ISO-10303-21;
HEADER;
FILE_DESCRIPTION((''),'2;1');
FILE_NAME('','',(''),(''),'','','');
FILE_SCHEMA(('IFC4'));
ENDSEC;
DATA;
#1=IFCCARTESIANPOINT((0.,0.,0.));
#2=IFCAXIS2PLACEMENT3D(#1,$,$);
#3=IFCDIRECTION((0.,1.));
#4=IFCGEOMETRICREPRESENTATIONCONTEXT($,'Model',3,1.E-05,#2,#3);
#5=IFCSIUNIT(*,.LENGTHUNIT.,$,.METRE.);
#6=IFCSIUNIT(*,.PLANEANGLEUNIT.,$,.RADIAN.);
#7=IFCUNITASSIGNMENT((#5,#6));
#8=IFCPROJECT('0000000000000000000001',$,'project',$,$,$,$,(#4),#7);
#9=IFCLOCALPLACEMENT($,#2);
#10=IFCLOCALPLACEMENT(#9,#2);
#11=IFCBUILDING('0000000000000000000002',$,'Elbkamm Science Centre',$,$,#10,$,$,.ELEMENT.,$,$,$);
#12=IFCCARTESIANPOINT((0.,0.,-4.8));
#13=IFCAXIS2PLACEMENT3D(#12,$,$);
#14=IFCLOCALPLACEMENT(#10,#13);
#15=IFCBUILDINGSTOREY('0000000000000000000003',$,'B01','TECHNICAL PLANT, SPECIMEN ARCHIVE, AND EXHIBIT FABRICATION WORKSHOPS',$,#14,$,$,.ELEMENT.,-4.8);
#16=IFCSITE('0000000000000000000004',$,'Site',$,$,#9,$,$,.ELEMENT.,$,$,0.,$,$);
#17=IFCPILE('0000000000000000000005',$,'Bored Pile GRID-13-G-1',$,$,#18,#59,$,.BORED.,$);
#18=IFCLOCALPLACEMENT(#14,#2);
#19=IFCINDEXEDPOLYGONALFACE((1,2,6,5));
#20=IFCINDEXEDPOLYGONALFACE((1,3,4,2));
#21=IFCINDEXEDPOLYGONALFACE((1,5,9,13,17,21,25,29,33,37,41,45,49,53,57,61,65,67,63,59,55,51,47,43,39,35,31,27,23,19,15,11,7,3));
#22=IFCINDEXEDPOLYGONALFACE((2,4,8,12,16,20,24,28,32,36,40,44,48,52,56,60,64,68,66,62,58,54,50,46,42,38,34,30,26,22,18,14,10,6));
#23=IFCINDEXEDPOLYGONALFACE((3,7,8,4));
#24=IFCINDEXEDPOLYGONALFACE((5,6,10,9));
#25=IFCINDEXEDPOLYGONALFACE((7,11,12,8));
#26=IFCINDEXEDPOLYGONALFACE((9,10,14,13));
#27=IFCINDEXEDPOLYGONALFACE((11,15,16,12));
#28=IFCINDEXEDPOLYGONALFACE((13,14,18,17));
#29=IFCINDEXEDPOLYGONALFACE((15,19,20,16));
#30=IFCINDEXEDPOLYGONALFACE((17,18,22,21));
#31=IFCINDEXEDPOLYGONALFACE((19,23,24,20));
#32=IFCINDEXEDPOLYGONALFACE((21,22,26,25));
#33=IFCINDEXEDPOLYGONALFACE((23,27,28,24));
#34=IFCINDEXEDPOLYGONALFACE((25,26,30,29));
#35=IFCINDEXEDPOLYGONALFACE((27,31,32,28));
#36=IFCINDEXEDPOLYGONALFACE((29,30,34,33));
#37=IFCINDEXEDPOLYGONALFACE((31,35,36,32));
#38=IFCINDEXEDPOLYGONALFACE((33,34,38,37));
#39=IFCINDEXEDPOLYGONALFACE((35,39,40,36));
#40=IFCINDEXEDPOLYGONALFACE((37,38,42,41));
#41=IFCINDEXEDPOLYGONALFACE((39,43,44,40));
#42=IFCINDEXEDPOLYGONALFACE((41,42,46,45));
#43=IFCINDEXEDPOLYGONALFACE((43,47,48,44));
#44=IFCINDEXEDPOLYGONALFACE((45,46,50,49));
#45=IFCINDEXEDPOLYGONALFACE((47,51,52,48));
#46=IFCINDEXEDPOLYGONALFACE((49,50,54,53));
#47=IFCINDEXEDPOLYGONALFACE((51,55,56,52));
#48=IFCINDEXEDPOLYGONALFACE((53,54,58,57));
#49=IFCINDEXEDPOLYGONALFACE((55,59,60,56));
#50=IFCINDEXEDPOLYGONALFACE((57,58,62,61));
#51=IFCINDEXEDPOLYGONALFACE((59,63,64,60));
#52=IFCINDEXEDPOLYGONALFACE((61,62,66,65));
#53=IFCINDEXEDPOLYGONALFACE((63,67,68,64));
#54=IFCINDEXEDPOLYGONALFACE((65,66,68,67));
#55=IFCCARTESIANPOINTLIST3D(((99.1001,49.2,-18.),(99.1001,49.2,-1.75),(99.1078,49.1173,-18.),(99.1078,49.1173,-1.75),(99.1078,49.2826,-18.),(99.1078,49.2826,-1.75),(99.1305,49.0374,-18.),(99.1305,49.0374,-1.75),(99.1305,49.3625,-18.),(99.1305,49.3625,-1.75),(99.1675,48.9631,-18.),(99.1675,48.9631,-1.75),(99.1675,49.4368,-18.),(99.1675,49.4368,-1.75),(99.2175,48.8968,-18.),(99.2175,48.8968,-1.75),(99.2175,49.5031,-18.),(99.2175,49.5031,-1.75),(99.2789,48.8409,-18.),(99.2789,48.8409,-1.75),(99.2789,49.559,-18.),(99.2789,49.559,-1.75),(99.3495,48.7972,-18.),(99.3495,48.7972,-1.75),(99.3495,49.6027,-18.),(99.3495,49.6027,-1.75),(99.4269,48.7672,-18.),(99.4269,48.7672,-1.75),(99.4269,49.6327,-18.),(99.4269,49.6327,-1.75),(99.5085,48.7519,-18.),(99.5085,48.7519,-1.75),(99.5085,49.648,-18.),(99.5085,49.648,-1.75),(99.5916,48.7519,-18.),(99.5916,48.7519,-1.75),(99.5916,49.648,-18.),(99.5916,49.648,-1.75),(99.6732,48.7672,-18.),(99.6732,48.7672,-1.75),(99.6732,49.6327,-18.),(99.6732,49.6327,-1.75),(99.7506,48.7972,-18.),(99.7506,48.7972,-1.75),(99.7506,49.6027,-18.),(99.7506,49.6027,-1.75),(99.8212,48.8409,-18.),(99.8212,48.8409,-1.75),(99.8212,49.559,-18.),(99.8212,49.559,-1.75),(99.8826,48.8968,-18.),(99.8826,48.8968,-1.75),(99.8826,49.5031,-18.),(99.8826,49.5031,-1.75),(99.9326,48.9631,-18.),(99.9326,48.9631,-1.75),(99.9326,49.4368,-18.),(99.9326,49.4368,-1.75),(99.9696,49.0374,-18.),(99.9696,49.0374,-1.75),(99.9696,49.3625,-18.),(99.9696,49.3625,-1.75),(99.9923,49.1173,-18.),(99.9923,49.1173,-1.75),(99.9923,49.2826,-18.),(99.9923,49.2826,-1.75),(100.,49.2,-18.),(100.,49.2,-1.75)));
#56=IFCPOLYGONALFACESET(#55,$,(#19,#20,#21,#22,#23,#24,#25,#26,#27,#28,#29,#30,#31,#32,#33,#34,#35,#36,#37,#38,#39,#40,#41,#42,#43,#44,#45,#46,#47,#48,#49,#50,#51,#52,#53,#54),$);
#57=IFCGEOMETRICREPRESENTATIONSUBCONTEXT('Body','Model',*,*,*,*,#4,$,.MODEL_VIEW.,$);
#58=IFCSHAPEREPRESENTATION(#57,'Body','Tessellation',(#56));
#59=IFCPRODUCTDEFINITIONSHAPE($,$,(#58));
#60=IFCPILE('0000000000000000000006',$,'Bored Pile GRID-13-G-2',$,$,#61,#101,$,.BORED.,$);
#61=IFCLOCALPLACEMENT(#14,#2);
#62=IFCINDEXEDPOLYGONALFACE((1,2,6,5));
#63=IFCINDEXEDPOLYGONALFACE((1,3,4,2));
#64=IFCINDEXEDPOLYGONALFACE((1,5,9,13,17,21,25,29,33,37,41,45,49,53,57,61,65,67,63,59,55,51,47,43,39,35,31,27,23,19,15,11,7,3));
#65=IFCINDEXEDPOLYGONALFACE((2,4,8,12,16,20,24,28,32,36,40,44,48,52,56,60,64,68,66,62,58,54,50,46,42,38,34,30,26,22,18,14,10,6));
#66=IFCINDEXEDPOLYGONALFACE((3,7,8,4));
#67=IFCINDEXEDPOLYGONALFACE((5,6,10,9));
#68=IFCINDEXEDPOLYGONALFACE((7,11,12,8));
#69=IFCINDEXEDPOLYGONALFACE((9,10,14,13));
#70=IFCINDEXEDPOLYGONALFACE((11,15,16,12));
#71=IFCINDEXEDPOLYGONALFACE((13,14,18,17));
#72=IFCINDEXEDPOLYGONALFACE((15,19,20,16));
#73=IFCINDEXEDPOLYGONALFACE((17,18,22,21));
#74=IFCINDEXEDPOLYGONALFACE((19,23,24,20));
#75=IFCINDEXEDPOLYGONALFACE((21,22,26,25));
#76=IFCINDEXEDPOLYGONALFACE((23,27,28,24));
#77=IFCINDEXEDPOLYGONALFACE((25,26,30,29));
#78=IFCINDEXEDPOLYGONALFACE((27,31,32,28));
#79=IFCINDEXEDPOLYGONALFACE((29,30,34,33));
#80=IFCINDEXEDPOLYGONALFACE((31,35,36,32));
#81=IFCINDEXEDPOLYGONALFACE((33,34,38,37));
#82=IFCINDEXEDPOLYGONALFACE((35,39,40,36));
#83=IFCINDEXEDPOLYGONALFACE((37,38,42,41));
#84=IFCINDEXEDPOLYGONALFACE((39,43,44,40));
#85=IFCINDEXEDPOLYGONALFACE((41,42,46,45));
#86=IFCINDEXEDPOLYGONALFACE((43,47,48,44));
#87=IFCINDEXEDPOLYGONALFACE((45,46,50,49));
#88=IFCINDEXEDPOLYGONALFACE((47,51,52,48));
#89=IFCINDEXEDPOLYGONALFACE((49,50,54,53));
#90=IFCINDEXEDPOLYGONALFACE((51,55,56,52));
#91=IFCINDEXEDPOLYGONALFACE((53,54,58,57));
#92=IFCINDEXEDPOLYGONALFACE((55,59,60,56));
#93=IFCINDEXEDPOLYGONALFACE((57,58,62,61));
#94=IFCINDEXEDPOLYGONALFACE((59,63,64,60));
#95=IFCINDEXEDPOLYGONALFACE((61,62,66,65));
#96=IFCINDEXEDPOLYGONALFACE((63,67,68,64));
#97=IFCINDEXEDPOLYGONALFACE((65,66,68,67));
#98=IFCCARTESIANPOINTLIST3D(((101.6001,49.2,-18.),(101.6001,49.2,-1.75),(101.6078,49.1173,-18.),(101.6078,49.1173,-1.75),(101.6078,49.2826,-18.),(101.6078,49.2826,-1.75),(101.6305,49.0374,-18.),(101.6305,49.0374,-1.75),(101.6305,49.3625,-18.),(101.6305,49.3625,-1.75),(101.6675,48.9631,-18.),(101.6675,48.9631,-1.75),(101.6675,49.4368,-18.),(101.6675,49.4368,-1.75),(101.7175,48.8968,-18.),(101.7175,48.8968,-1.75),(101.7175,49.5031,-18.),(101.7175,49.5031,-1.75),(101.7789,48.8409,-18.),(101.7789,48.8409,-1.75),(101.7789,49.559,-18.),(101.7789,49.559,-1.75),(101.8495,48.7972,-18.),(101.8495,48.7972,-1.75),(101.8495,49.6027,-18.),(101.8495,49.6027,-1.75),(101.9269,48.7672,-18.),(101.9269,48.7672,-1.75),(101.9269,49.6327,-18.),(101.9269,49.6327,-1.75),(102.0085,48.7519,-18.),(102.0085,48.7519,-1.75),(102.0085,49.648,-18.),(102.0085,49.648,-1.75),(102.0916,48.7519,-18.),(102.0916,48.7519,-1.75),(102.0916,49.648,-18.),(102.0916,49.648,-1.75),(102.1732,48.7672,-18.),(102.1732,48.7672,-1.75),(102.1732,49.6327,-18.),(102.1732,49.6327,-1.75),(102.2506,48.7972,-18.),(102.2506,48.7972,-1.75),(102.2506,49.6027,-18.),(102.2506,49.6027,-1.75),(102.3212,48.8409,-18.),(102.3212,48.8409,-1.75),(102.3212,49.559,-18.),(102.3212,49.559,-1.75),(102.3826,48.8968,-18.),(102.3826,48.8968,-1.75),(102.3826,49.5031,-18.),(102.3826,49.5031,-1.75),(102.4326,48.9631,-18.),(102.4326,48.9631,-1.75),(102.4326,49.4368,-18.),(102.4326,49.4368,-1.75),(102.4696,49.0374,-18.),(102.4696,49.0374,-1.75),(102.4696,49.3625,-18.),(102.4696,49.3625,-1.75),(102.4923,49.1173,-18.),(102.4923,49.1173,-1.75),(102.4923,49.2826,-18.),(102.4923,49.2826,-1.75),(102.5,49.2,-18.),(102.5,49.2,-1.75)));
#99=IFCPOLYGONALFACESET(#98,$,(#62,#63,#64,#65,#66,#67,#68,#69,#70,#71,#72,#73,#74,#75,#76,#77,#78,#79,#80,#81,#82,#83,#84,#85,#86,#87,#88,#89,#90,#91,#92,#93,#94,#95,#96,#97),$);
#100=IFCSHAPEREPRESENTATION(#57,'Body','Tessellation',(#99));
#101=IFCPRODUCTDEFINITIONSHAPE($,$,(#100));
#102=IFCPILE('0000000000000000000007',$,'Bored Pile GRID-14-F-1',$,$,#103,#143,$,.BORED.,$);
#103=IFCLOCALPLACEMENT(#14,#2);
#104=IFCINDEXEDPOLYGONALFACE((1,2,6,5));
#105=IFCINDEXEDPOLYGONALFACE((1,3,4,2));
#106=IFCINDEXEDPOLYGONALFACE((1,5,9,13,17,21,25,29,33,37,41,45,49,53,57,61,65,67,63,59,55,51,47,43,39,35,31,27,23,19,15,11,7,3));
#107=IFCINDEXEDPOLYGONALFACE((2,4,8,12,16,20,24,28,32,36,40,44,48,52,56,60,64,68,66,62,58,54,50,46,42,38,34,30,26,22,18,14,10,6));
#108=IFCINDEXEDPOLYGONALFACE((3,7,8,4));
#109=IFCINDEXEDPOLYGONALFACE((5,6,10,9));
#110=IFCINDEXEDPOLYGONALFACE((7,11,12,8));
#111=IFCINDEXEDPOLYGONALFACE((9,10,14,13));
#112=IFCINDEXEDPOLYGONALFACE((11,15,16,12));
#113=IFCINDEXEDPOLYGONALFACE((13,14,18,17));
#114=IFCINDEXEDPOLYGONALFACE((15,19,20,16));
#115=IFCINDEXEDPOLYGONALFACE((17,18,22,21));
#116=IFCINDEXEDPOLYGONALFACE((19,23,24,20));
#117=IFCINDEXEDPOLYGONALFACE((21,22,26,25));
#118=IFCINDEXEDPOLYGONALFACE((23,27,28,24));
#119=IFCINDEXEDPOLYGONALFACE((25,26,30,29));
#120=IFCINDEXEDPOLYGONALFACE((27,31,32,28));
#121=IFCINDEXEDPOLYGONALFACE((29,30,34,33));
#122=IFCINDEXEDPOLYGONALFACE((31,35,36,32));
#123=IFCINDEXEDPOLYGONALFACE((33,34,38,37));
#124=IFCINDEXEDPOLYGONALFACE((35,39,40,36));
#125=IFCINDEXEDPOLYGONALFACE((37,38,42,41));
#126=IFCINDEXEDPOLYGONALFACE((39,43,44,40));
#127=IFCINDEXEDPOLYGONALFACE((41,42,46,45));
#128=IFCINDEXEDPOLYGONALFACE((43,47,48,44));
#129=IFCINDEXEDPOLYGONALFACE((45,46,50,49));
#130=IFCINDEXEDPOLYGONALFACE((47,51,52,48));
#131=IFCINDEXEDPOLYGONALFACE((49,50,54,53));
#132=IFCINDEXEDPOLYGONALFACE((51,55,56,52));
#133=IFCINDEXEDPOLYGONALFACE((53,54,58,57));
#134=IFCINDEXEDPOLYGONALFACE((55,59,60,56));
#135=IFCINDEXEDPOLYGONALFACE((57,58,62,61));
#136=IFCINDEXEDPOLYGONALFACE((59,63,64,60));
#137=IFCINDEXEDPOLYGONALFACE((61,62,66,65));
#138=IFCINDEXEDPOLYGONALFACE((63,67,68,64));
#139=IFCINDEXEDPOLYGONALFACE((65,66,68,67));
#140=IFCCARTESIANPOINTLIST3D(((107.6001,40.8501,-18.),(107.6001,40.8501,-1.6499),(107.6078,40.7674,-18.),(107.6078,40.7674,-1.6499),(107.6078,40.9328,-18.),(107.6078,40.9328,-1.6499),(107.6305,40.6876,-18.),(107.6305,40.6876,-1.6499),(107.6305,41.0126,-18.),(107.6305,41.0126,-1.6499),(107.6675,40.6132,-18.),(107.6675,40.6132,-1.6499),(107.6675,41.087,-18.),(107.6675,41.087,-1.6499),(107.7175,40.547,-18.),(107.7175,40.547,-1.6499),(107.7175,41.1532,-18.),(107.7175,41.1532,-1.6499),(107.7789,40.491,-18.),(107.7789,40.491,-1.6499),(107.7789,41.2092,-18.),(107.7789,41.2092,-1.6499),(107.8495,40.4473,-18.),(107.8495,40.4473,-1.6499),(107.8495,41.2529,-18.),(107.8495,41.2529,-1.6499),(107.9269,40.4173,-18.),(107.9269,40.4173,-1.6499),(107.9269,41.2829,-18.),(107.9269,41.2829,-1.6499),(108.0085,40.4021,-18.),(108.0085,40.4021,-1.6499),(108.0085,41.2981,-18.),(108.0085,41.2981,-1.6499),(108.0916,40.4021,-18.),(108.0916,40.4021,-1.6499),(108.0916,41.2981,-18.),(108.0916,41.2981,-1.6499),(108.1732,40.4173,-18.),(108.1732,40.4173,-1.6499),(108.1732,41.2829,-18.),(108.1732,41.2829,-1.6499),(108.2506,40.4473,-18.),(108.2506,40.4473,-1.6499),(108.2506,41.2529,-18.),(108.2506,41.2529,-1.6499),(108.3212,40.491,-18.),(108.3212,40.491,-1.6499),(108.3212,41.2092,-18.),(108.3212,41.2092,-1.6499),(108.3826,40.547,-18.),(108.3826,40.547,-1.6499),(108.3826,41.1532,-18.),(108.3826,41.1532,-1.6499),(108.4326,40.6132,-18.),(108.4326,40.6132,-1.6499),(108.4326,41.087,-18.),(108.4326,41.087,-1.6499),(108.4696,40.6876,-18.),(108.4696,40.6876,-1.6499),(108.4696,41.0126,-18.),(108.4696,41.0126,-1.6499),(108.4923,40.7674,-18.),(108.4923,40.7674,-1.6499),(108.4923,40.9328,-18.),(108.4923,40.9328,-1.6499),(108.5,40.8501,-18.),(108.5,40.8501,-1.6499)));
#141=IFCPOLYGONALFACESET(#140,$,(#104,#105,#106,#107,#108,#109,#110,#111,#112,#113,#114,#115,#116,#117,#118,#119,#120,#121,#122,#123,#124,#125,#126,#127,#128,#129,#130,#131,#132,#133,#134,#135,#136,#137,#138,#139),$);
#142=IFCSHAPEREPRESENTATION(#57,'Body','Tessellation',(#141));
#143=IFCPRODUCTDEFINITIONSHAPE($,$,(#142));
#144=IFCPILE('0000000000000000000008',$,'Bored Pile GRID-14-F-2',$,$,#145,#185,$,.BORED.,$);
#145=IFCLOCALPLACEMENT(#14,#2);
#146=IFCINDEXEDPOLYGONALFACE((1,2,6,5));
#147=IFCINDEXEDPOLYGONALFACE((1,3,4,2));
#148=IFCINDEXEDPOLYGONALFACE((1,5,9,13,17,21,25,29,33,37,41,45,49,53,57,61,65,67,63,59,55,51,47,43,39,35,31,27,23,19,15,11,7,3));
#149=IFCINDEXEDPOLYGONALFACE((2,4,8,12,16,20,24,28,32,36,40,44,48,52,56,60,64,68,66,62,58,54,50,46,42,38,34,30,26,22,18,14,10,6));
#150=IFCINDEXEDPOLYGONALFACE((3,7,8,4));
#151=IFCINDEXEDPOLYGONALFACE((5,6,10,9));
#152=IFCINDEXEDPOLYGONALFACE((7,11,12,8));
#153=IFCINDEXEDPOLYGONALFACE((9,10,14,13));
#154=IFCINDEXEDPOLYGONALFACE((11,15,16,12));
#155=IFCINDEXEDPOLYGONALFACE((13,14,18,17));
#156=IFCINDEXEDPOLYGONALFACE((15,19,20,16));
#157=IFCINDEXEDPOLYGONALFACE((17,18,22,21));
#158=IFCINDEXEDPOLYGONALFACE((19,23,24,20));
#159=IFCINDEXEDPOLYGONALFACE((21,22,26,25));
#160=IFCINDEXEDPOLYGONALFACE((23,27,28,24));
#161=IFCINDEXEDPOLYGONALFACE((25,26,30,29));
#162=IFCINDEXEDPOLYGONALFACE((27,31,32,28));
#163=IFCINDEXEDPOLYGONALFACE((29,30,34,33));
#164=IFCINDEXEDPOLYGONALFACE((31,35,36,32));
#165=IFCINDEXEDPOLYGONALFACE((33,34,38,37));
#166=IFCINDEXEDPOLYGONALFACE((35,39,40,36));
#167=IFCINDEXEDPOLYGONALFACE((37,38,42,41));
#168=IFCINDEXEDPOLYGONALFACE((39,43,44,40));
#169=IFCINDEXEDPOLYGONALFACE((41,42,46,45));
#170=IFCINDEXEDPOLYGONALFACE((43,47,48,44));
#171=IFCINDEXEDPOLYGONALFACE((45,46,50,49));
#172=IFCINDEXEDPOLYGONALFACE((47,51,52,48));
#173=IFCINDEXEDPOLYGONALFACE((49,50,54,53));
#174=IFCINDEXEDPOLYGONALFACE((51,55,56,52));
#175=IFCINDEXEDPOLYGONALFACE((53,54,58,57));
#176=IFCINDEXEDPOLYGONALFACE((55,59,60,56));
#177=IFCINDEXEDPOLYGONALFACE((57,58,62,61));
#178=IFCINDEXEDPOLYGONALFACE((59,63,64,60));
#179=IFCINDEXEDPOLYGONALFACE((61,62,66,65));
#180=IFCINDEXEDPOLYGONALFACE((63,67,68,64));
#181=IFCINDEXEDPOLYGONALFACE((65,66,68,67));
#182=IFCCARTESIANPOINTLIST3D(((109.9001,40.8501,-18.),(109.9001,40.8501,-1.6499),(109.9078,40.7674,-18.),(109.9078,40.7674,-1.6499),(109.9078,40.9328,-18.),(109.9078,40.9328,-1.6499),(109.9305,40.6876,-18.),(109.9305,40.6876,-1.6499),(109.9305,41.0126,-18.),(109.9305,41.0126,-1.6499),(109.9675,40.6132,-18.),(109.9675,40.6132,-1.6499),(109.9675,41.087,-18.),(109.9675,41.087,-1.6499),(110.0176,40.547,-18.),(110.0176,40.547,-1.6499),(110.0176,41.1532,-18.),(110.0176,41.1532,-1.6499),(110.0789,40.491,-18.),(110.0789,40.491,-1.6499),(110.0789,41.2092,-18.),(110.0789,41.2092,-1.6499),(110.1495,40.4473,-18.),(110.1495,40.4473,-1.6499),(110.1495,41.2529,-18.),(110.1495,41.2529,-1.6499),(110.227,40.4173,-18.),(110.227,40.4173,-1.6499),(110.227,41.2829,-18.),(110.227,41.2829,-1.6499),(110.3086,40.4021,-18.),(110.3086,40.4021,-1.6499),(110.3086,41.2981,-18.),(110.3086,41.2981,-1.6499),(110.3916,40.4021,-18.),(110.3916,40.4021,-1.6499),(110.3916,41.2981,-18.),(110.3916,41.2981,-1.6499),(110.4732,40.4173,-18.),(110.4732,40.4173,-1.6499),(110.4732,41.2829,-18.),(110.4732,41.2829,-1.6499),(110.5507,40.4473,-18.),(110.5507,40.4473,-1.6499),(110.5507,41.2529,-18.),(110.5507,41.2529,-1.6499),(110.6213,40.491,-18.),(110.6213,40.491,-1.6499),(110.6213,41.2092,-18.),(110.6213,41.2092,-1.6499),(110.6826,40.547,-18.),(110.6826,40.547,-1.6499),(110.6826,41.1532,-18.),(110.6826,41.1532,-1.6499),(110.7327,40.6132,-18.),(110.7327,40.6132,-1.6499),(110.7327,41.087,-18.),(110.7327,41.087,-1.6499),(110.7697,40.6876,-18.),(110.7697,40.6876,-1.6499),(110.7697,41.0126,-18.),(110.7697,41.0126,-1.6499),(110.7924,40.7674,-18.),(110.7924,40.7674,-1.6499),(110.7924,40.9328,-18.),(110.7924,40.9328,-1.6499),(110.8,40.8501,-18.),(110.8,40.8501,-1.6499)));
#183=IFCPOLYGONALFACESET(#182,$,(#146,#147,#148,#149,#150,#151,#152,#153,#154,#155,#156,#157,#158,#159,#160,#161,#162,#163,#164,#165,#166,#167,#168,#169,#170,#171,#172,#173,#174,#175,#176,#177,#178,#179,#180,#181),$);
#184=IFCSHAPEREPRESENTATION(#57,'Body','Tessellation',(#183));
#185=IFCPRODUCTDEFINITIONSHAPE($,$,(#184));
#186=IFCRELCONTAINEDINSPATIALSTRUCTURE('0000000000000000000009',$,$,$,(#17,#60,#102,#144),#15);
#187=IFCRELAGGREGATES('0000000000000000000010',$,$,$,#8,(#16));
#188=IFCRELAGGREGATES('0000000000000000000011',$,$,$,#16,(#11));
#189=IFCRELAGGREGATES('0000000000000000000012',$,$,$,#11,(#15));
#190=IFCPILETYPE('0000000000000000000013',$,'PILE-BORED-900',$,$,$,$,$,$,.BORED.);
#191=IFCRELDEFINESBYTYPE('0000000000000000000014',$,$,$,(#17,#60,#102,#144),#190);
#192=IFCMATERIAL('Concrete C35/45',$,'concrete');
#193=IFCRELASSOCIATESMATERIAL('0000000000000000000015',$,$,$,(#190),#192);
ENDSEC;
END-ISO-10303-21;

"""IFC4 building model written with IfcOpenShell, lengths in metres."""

from ifc_helpers import new_model, si_unit, direction, frame, origin, origin_2d, place, context, subcontext, project, spatial, circle, extrude, material, material_profile, profile_set, type_object, element, save


model = new_model("IFC4")

# Units and contexts
model_context = context("Model", 3, precision=1e-05, world=origin(), true_north=direction((0.0, 1.0)))
body_context = subcontext(model_context, "Body", "Model", "MODEL_VIEW")
ifc_project = project(units=[si_unit("LENGTHUNIT", "METRE"), si_unit("PLANEANGLEUNIT", "RADIAN")], contexts=[model_context])

# Site, building, storey
site_placement = place(None, origin())
site = spatial("IfcSite", under=ifc_project, at=site_placement, Name="Site", CompositionType="ELEMENT", RefElevation=0.0)
building_placement = place(site_placement, origin())
building = spatial("IfcBuilding", under=site, at=building_placement, Name="Elbkamm Science Centre", CompositionType="ELEMENT")
storey_placement = place(building_placement, frame((0.0, 0.0, -4.8)))
storey = spatial("IfcBuildingStorey", under=building, at=storey_placement, Name="B01", Description="TECHNICAL PLANT, SPECIMEN ARCHIVE, AND EXHIBIT FABRICATION WORKSHOPS", CompositionType="ELEMENT", Elevation=-4.8)

# Shared definitions
ifc_material_1 = material(Name="Concrete C35/45", Category="concrete")

# Piles
ifc_material_profile_1 = material_profile(ifc_material_1, circle(Radius=0.45, at=origin_2d()), Name="PILE D900")
ifc_profile_set_1 = profile_set([ifc_material_profile_1], Name="Concrete C35/45")
pile_type_1 = type_object("IfcPileType", Name="PILE-BORED-900", PredefinedType="BORED", material=ifc_profile_set_1)
for number, where, z_axis, x_axis, name in (
    (1, (99.55, 49.2, -1.75), (0.0, 0.0, -1.0), (1.0, 0.0, 0.0), "Bored Pile GRID-13-G-1"),
    (2, (102.05, 49.2, -1.75), (0.0, 0.0, -1.0), (1.0, 0.0, 0.0), "Bored Pile GRID-13-G-2"),
):
    element("IfcPile", number, at=place(storey_placement, frame(where, z_axis=z_axis, x_axis=x_axis)), inside=storey, type_object=pile_type_1, Name=name, PredefinedType="BORED", context=body_context, shape_type="SweptSolid", body=[
        extrude(circle(Radius=0.45, at=origin_2d()), origin(), (0.0, 0.0, 1.0), 16.25),
    ])
for number, where, z_axis, x_axis, name in (
    (3, (108.05, 40.8501, -1.6499), (0.0, 0.0, -1.0), (1.0, 0.0, 0.0), "Bored Pile GRID-14-F-1"),
    (4, (110.3501, 40.8501, -1.6499), (0.0, 0.0, -1.0), (1.0, 0.0, 0.0), "Bored Pile GRID-14-F-2"),
):
    element("IfcPile", number, at=place(storey_placement, frame(where, z_axis=z_axis, x_axis=x_axis)), inside=storey, type_object=pile_type_1, Name=name, PredefinedType="BORED", context=body_context, shape_type="SweptSolid", body=[
        extrude(circle(Radius=0.45, at=origin_2d()), origin(), (0.0, 0.0, 1.0), 16.3501),
    ])

save(model, "model.ifc")
